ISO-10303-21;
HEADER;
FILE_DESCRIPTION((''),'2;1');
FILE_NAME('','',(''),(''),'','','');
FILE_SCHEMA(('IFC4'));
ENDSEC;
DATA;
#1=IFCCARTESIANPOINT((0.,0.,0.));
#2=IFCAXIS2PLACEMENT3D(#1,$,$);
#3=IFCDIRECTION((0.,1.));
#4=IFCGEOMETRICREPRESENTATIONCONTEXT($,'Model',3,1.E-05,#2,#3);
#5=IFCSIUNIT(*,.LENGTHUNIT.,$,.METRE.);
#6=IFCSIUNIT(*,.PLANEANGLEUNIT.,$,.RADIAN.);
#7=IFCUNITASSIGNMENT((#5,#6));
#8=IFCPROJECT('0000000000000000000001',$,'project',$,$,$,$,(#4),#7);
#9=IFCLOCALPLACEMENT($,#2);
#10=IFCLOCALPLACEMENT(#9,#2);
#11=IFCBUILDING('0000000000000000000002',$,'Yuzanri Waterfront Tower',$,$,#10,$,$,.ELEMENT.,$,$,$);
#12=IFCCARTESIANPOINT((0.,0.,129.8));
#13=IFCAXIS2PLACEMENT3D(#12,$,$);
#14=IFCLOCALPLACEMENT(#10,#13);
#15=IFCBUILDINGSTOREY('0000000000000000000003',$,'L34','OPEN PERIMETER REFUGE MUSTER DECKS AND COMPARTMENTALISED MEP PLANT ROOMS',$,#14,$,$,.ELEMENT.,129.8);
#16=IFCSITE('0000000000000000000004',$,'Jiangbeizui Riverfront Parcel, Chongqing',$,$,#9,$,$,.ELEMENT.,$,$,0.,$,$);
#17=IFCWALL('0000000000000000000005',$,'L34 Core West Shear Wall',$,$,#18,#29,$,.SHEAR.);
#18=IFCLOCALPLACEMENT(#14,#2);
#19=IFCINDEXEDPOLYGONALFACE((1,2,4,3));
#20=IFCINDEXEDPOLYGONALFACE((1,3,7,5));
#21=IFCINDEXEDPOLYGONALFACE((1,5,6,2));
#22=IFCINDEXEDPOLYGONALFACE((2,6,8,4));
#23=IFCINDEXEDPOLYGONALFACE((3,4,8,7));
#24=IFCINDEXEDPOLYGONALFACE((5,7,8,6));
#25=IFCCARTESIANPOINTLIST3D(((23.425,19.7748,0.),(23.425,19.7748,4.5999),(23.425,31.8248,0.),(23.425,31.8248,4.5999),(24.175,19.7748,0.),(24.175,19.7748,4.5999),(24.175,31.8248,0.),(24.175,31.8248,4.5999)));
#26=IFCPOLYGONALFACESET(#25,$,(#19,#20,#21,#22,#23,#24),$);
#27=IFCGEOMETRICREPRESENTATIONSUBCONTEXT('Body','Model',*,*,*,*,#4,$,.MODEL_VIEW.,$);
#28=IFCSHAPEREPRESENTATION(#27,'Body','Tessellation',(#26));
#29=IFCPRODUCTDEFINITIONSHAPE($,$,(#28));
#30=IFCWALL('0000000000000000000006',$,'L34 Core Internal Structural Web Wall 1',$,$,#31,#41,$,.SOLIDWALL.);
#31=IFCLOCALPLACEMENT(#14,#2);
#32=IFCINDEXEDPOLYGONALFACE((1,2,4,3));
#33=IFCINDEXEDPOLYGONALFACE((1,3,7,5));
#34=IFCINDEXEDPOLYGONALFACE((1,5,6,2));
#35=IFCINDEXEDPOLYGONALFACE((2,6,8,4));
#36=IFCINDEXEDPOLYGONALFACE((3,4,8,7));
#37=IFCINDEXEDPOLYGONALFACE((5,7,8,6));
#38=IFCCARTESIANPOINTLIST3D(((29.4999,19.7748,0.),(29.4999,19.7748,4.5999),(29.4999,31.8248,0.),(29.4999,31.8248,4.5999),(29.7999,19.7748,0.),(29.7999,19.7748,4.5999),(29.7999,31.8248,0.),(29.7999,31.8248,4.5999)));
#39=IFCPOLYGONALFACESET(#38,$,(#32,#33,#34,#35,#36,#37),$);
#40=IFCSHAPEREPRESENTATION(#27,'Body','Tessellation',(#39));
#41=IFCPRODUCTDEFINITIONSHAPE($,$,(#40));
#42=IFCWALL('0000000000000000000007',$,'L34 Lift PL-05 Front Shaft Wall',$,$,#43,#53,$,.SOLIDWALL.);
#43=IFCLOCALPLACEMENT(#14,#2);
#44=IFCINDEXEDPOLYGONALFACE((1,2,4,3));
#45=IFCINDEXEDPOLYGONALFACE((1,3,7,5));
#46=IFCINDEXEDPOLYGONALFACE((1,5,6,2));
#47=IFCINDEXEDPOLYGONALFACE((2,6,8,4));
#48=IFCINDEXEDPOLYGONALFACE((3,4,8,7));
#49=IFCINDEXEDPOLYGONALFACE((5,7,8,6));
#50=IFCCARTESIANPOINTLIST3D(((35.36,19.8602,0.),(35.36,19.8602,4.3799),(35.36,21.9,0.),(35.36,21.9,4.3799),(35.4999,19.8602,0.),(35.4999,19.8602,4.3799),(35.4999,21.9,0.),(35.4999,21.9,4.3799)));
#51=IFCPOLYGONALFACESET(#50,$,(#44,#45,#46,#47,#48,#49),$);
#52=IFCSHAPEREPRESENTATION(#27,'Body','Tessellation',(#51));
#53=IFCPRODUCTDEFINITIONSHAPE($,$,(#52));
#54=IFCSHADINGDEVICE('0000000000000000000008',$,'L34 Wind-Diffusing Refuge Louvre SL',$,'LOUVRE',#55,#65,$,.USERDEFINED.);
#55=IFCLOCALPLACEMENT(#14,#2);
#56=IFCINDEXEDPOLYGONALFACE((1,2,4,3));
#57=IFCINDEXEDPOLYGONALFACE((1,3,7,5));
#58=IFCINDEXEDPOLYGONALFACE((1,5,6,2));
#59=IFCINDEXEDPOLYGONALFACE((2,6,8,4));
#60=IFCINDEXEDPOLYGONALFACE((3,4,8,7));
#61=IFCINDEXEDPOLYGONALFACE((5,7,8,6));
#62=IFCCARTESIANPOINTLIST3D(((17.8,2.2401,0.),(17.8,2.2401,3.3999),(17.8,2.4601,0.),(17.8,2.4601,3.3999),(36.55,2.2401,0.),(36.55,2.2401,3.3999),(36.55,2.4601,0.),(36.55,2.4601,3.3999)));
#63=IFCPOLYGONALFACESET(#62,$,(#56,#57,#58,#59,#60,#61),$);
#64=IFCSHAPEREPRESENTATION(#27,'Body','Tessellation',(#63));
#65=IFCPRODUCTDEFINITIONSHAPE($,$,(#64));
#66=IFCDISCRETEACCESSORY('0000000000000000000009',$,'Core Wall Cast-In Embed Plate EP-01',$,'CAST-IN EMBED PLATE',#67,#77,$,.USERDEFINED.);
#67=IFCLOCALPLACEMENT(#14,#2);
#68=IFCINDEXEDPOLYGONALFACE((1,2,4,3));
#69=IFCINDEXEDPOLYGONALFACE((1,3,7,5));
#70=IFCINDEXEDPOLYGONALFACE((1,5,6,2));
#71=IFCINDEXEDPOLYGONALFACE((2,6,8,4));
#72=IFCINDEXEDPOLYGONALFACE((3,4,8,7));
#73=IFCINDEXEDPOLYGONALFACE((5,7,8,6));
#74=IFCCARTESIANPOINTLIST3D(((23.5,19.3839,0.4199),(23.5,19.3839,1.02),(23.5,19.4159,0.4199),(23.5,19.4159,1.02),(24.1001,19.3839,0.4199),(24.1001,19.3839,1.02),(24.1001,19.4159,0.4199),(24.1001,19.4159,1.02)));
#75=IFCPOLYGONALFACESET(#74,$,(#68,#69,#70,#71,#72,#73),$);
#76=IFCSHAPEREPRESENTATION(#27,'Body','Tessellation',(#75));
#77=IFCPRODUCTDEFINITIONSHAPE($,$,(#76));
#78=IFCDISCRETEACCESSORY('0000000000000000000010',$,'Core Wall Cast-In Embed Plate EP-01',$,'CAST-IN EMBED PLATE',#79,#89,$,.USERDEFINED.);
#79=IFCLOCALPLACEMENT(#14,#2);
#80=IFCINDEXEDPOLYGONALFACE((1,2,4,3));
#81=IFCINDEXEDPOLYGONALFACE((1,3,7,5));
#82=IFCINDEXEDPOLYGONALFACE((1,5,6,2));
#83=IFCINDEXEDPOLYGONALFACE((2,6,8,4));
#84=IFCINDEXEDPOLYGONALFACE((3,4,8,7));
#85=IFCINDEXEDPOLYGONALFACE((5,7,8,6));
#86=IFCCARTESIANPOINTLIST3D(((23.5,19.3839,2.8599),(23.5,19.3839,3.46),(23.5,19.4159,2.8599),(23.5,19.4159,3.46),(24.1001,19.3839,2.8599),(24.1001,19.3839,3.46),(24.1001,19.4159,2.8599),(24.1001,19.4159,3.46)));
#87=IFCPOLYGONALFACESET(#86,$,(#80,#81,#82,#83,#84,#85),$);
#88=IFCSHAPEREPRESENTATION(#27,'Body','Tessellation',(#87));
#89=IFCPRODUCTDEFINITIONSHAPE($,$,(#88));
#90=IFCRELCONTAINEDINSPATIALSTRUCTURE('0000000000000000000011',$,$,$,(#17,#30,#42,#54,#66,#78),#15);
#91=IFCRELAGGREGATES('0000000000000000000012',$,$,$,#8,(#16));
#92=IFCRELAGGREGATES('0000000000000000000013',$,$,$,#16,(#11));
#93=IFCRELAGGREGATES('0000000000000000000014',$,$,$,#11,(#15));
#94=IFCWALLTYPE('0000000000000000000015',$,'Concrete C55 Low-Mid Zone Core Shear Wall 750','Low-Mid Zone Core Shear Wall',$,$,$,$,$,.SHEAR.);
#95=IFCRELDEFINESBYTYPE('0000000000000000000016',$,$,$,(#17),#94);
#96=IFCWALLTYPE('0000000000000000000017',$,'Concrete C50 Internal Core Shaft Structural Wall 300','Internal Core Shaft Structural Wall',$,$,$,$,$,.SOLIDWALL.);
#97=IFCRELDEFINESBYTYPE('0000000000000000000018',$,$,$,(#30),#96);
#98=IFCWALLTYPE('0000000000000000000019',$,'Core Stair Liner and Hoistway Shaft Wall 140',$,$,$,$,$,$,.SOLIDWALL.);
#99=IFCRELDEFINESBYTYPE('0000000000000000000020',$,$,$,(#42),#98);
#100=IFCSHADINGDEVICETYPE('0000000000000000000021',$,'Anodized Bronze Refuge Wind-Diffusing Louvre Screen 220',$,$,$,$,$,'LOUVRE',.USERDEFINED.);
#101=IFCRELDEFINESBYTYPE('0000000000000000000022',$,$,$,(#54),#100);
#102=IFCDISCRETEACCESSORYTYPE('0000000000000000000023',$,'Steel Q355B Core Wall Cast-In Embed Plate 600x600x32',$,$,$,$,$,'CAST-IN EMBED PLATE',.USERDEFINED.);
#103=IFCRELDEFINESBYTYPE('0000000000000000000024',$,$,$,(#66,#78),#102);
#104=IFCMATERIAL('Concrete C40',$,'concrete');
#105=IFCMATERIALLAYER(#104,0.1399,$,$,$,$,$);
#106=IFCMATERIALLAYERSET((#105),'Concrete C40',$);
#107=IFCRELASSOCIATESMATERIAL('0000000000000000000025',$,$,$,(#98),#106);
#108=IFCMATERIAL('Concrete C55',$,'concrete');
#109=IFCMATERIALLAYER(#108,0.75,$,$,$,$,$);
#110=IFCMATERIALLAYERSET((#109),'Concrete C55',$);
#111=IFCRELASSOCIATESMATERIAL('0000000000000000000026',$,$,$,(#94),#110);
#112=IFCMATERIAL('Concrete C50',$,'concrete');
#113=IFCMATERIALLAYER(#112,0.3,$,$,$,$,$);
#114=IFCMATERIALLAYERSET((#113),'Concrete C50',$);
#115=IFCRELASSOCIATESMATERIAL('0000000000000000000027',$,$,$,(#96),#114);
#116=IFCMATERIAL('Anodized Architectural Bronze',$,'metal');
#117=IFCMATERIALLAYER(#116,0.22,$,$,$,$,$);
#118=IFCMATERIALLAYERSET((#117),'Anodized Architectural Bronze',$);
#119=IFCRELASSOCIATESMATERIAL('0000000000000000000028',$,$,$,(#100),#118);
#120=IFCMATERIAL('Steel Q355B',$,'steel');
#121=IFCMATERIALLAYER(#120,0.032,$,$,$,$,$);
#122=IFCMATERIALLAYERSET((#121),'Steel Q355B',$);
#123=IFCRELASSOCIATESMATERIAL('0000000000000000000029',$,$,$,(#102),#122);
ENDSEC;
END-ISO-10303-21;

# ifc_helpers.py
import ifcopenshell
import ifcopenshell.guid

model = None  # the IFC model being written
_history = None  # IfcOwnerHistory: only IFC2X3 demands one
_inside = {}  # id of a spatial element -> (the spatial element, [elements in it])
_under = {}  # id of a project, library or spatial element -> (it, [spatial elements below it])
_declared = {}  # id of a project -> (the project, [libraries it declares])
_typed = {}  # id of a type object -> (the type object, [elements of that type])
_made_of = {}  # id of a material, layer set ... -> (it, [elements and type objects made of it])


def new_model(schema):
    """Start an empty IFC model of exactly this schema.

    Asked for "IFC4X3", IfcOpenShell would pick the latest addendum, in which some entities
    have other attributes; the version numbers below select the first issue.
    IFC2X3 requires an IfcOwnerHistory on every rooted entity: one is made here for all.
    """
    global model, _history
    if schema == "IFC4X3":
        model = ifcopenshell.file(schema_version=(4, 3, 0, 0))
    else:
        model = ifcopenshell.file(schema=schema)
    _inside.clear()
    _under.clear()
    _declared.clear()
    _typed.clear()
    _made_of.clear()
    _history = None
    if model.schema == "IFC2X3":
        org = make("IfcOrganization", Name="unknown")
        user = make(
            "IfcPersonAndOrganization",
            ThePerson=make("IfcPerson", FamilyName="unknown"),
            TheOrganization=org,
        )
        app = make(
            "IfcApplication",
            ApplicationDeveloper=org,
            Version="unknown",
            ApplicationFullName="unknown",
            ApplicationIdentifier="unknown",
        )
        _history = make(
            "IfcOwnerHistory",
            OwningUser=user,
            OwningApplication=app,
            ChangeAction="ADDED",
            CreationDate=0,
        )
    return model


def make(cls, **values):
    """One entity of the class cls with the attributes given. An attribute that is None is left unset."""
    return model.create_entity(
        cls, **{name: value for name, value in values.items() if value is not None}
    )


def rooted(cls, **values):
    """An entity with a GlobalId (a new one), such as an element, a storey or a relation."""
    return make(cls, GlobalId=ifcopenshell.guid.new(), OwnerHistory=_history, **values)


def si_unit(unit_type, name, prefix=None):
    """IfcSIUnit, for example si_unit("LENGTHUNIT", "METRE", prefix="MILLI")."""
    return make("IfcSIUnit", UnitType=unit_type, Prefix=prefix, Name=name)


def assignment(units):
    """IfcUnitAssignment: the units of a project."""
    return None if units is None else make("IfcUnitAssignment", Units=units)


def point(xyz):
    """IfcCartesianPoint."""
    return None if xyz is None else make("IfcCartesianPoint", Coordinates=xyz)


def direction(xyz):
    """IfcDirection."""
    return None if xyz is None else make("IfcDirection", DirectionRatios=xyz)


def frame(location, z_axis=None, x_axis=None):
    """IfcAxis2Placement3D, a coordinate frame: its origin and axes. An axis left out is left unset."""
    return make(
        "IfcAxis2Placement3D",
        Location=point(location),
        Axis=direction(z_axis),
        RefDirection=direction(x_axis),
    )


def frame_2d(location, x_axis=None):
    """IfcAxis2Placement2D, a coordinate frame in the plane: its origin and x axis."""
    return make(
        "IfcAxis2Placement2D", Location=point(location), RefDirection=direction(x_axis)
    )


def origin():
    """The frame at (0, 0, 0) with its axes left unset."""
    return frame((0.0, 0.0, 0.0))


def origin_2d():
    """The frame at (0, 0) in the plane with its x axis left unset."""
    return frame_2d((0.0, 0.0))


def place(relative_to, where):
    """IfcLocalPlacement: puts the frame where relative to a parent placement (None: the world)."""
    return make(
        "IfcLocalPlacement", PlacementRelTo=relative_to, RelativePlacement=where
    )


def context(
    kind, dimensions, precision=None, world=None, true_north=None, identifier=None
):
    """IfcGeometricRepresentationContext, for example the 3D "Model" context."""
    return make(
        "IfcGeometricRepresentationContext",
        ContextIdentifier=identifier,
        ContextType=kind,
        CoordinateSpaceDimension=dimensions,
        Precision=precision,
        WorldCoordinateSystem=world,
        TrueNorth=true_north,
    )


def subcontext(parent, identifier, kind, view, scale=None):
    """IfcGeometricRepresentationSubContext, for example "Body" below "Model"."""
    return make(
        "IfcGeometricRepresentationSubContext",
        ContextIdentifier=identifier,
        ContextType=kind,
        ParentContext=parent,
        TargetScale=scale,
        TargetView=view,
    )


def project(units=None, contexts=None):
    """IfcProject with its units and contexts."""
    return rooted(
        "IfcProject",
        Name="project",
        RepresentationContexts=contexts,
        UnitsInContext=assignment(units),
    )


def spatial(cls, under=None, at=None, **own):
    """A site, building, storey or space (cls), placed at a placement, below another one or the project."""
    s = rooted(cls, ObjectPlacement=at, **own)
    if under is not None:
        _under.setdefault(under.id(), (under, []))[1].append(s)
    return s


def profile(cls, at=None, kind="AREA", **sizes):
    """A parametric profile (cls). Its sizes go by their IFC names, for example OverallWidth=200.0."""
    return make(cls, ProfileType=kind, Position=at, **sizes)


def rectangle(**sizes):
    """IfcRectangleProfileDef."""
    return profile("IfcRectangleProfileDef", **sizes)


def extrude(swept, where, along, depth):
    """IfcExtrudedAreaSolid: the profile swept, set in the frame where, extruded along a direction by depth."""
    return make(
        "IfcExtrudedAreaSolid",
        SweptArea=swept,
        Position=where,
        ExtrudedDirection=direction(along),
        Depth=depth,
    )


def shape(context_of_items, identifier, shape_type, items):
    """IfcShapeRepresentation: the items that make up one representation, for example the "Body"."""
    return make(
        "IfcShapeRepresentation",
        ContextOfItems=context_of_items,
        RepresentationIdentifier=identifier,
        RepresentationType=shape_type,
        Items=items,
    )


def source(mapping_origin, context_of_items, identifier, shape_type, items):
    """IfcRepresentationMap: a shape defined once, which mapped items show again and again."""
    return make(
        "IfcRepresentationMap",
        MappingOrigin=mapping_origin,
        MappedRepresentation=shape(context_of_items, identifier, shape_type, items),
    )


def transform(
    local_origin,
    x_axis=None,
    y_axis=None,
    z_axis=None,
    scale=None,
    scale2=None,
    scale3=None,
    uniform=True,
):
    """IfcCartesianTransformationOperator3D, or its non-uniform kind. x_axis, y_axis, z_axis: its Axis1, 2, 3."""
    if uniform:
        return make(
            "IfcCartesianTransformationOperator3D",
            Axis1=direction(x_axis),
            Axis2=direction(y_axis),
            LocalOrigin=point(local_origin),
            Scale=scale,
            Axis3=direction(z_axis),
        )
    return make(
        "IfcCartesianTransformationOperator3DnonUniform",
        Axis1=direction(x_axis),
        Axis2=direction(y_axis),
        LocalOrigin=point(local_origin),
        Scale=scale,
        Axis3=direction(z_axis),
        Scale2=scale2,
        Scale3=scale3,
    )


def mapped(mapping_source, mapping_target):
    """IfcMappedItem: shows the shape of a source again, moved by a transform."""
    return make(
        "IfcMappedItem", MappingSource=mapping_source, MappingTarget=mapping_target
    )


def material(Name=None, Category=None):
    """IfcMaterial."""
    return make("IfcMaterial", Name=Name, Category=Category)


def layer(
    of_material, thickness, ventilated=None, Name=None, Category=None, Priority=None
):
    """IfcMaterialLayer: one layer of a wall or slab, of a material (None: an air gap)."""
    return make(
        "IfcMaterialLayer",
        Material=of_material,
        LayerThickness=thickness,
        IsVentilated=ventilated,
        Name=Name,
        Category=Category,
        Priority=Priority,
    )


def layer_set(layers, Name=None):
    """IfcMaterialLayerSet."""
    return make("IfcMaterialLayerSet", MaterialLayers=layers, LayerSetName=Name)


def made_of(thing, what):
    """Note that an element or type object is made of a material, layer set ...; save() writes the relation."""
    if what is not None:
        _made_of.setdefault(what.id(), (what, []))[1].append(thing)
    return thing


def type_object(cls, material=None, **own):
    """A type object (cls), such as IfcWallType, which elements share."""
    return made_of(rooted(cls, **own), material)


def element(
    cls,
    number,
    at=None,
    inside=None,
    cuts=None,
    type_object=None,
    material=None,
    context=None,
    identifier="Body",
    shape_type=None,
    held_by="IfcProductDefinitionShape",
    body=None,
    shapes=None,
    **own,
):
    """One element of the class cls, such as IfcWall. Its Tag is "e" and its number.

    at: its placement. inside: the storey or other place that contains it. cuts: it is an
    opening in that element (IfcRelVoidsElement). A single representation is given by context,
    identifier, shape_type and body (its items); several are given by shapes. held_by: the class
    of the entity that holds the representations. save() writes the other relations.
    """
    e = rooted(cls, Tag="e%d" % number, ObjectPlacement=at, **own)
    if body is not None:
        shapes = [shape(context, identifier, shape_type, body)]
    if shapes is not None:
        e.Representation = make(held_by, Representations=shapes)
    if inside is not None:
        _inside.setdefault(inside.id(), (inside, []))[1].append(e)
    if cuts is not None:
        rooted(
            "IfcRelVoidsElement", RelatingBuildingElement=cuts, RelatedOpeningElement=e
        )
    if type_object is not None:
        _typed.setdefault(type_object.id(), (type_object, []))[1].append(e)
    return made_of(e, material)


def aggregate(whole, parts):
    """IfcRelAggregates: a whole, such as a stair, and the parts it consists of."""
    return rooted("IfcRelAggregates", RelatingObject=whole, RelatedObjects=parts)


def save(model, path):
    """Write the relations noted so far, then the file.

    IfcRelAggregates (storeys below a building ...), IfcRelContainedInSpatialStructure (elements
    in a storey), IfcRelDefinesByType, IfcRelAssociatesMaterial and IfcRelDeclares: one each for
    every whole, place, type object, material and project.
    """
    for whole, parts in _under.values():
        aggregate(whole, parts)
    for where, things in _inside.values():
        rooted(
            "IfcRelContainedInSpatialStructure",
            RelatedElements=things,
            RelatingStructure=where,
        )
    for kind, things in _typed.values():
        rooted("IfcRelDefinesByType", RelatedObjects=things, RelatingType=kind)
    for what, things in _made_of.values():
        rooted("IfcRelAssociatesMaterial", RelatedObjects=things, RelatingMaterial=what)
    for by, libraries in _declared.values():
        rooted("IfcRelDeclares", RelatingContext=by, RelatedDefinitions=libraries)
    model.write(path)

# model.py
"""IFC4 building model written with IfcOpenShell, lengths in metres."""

from ifc_helpers import new_model, si_unit, direction, frame, frame_2d, origin, origin_2d, place, context, subcontext, project, spatial, rectangle, extrude, source, transform, mapped, material, layer, layer_set, type_object, element, save


model = new_model("IFC4")

# Units and contexts
model_context = context("Model", 3, precision=1e-05, world=origin(), true_north=direction((0.0, 1.0)))
body_context = subcontext(model_context, "Body", "Model", "MODEL_VIEW")
ifc_project = project(units=[si_unit("LENGTHUNIT", "METRE"), si_unit("PLANEANGLEUNIT", "RADIAN")], contexts=[model_context])

# Site, building, storey
site_placement = place(None, origin())
site = spatial("IfcSite", under=ifc_project, at=site_placement, Name="Jiangbeizui Riverfront Parcel, Chongqing", CompositionType="ELEMENT", RefElevation=0.0)
building_placement = place(site_placement, origin())
building = spatial("IfcBuilding", under=site, at=building_placement, Name="Yuzanri Waterfront Tower", CompositionType="ELEMENT")
storey_placement = place(building_placement, frame((0.0, 0.0, 129.8)))
storey = spatial("IfcBuildingStorey", under=building, at=storey_placement, Name="L34", Description="OPEN PERIMETER REFUGE MUSTER DECKS AND COMPARTMENTALISED MEP PLANT ROOMS", CompositionType="ELEMENT", Elevation=129.8)

# Shared definitions
ifc_material_1 = material(Name="Concrete C40", Category="concrete")
ifc_layer_1 = layer(ifc_material_1, 0.1399)
ifc_layer_set_1 = layer_set([ifc_layer_1], Name="Concrete C40")
wall_type_1 = type_object("IfcWallType", Name="Core Stair Liner and Hoistway Shaft Wall 140", PredefinedType="SOLIDWALL", material=ifc_layer_set_1)

# Walls
ifc_material_2 = material(Name="Concrete C55", Category="concrete")
ifc_layer_2 = layer(ifc_material_2, 0.75)
ifc_layer_set_2 = layer_set([ifc_layer_2], Name="Concrete C55")
wall_type_2 = type_object("IfcWallType", Name="Concrete C55 Low-Mid Zone Core Shear Wall 750", Description="Low-Mid Zone Core Shear Wall", PredefinedType="SHEAR", material=ifc_layer_set_2)
shared_shape_1 = source(origin(), body_context, "Body", "SweptSolid", [
    extrude(rectangle(XDim=12.05, YDim=0.75, at=frame_2d((6.0249, 0.0))), origin(), (0.0, 0.0, 1.0), 4.5999),
])
wall_1_placement = place(storey_placement, frame((23.8, 19.7749, 0.0), z_axis=(0.0, 0.0, 1.0), x_axis=(0.0, 1.0, 0.0)))
element("IfcWall", 1, at=wall_1_placement, inside=storey, type_object=wall_type_2, Name="L34 Core West Shear Wall", PredefinedType="SHEAR", context=body_context, shape_type="MappedRepresentation", body=[
    mapped(shared_shape_1, transform((0.0, 0.0, 0.0), scale=1.0)),
])
ifc_material_3 = material(Name="Concrete C50", Category="concrete")
ifc_layer_3 = layer(ifc_material_3, 0.3)
ifc_layer_set_3 = layer_set([ifc_layer_3], Name="Concrete C50")
wall_type_3 = type_object("IfcWallType", Name="Concrete C50 Internal Core Shaft Structural Wall 300", Description="Internal Core Shaft Structural Wall", PredefinedType="SOLIDWALL", material=ifc_layer_set_3)
shared_shape_2 = source(origin(), body_context, "Body", "SweptSolid", [
    extrude(rectangle(XDim=12.05, YDim=0.3, at=frame_2d((6.0249, 0.0))), origin(), (0.0, 0.0, 1.0), 4.5999),
])
wall_2_placement = place(storey_placement, frame((29.6499, 19.7749, 0.0), z_axis=(0.0, 0.0, 1.0), x_axis=(0.0, 1.0, 0.0)))
element("IfcWall", 2, at=wall_2_placement, inside=storey, type_object=wall_type_3, Name="L34 Core Internal Structural Web Wall 1", PredefinedType="SOLIDWALL", context=body_context, shape_type="MappedRepresentation", body=[
    mapped(shared_shape_2, transform((0.0, 0.0, 0.0), scale=1.0)),
])
shared_shape_3 = source(origin(), body_context, "Body", "SweptSolid", [
    extrude(rectangle(XDim=2.0398, YDim=0.1399, at=frame_2d((1.02, 0.0))), origin(), (0.0, 0.0, 1.0), 4.3799),
])
wall_3_placement = place(storey_placement, frame((35.4299, 19.8601, 0.0), z_axis=(0.0, 0.0, 1.0), x_axis=(0.0, 1.0, 0.0)))
element("IfcWall", 3, at=wall_3_placement, inside=storey, type_object=wall_type_1, Name="L34 Lift PL-05 Front Shaft Wall", PredefinedType="SOLIDWALL", context=body_context, shape_type="MappedRepresentation", body=[
    mapped(shared_shape_3, transform((0.0, 0.0, 0.0), scale=1.0)),
])

# Shading device
ifc_material_4 = material(Name="Anodized Architectural Bronze", Category="metal")
ifc_layer_4 = layer(ifc_material_4, 0.22)
ifc_layer_set_4 = layer_set([ifc_layer_4], Name="Anodized Architectural Bronze")
shading_device_type = type_object("IfcShadingDeviceType", Name="Anodized Bronze Refuge Wind-Diffusing Louvre Screen 220", ElementType="LOUVRE", PredefinedType="USERDEFINED", material=ifc_layer_set_4)
shared_shape_4 = source(origin(), body_context, "Body", "SweptSolid", [
    extrude(rectangle(XDim=18.75, YDim=0.22, at=origin_2d()), origin(), (0.0, 0.0, 1.0), 3.3999),
])
shading_device_placement = place(storey_placement, frame((27.175, 2.3501, 0.0), z_axis=(0.0, 0.0, 1.0), x_axis=(1.0, 0.0, 0.0)))
element("IfcShadingDevice", 4, at=shading_device_placement, inside=storey, type_object=shading_device_type, Name="L34 Wind-Diffusing Refuge Louvre SL", ObjectType="LOUVRE", PredefinedType="USERDEFINED", context=body_context, shape_type="MappedRepresentation", body=[
    mapped(shared_shape_4, transform((0.0, 0.0, 0.0), scale=1.0)),
])

# Discrete accessories
ifc_material_5 = material(Name="Steel Q355B", Category="steel")
ifc_layer_5 = layer(ifc_material_5, 0.032)
ifc_layer_set_5 = layer_set([ifc_layer_5], Name="Steel Q355B")
discrete_accessory_type = type_object("IfcDiscreteAccessoryType", Name="Steel Q355B Core Wall Cast-In Embed Plate 600x600x32", ElementType="CAST-IN EMBED PLATE", PredefinedType="USERDEFINED", material=ifc_layer_set_5)
shared_shape_5 = source(origin(), body_context, "Body", "SweptSolid", [
    extrude(rectangle(XDim=0.6001, YDim=0.032, at=origin_2d()), origin(), (0.0, 0.0, 1.0), 0.6001),
])
for number, where, z_axis, x_axis, name in (
    (5, (23.8, 19.3999, 0.4199), (0.0, 0.0, 1.0), (1.0, 0.0, 0.0), "Core Wall Cast-In Embed Plate EP-01"),
    (6, (23.8, 19.3999, 2.8599), (0.0, 0.0, 1.0), (1.0, 0.0, 0.0), "Core Wall Cast-In Embed Plate EP-01"),
):
    element("IfcDiscreteAccessory", number, at=place(storey_placement, frame(where, z_axis=z_axis, x_axis=x_axis)), inside=storey, type_object=discrete_accessory_type, Name=name, ObjectType="CAST-IN EMBED PLATE", PredefinedType="USERDEFINED", context=body_context, shape_type="MappedRepresentation", body=[
        mapped(shared_shape_5, transform((0.0, 0.0, 0.0), scale=1.0)),
    ])

save(model, "model.ifc")
